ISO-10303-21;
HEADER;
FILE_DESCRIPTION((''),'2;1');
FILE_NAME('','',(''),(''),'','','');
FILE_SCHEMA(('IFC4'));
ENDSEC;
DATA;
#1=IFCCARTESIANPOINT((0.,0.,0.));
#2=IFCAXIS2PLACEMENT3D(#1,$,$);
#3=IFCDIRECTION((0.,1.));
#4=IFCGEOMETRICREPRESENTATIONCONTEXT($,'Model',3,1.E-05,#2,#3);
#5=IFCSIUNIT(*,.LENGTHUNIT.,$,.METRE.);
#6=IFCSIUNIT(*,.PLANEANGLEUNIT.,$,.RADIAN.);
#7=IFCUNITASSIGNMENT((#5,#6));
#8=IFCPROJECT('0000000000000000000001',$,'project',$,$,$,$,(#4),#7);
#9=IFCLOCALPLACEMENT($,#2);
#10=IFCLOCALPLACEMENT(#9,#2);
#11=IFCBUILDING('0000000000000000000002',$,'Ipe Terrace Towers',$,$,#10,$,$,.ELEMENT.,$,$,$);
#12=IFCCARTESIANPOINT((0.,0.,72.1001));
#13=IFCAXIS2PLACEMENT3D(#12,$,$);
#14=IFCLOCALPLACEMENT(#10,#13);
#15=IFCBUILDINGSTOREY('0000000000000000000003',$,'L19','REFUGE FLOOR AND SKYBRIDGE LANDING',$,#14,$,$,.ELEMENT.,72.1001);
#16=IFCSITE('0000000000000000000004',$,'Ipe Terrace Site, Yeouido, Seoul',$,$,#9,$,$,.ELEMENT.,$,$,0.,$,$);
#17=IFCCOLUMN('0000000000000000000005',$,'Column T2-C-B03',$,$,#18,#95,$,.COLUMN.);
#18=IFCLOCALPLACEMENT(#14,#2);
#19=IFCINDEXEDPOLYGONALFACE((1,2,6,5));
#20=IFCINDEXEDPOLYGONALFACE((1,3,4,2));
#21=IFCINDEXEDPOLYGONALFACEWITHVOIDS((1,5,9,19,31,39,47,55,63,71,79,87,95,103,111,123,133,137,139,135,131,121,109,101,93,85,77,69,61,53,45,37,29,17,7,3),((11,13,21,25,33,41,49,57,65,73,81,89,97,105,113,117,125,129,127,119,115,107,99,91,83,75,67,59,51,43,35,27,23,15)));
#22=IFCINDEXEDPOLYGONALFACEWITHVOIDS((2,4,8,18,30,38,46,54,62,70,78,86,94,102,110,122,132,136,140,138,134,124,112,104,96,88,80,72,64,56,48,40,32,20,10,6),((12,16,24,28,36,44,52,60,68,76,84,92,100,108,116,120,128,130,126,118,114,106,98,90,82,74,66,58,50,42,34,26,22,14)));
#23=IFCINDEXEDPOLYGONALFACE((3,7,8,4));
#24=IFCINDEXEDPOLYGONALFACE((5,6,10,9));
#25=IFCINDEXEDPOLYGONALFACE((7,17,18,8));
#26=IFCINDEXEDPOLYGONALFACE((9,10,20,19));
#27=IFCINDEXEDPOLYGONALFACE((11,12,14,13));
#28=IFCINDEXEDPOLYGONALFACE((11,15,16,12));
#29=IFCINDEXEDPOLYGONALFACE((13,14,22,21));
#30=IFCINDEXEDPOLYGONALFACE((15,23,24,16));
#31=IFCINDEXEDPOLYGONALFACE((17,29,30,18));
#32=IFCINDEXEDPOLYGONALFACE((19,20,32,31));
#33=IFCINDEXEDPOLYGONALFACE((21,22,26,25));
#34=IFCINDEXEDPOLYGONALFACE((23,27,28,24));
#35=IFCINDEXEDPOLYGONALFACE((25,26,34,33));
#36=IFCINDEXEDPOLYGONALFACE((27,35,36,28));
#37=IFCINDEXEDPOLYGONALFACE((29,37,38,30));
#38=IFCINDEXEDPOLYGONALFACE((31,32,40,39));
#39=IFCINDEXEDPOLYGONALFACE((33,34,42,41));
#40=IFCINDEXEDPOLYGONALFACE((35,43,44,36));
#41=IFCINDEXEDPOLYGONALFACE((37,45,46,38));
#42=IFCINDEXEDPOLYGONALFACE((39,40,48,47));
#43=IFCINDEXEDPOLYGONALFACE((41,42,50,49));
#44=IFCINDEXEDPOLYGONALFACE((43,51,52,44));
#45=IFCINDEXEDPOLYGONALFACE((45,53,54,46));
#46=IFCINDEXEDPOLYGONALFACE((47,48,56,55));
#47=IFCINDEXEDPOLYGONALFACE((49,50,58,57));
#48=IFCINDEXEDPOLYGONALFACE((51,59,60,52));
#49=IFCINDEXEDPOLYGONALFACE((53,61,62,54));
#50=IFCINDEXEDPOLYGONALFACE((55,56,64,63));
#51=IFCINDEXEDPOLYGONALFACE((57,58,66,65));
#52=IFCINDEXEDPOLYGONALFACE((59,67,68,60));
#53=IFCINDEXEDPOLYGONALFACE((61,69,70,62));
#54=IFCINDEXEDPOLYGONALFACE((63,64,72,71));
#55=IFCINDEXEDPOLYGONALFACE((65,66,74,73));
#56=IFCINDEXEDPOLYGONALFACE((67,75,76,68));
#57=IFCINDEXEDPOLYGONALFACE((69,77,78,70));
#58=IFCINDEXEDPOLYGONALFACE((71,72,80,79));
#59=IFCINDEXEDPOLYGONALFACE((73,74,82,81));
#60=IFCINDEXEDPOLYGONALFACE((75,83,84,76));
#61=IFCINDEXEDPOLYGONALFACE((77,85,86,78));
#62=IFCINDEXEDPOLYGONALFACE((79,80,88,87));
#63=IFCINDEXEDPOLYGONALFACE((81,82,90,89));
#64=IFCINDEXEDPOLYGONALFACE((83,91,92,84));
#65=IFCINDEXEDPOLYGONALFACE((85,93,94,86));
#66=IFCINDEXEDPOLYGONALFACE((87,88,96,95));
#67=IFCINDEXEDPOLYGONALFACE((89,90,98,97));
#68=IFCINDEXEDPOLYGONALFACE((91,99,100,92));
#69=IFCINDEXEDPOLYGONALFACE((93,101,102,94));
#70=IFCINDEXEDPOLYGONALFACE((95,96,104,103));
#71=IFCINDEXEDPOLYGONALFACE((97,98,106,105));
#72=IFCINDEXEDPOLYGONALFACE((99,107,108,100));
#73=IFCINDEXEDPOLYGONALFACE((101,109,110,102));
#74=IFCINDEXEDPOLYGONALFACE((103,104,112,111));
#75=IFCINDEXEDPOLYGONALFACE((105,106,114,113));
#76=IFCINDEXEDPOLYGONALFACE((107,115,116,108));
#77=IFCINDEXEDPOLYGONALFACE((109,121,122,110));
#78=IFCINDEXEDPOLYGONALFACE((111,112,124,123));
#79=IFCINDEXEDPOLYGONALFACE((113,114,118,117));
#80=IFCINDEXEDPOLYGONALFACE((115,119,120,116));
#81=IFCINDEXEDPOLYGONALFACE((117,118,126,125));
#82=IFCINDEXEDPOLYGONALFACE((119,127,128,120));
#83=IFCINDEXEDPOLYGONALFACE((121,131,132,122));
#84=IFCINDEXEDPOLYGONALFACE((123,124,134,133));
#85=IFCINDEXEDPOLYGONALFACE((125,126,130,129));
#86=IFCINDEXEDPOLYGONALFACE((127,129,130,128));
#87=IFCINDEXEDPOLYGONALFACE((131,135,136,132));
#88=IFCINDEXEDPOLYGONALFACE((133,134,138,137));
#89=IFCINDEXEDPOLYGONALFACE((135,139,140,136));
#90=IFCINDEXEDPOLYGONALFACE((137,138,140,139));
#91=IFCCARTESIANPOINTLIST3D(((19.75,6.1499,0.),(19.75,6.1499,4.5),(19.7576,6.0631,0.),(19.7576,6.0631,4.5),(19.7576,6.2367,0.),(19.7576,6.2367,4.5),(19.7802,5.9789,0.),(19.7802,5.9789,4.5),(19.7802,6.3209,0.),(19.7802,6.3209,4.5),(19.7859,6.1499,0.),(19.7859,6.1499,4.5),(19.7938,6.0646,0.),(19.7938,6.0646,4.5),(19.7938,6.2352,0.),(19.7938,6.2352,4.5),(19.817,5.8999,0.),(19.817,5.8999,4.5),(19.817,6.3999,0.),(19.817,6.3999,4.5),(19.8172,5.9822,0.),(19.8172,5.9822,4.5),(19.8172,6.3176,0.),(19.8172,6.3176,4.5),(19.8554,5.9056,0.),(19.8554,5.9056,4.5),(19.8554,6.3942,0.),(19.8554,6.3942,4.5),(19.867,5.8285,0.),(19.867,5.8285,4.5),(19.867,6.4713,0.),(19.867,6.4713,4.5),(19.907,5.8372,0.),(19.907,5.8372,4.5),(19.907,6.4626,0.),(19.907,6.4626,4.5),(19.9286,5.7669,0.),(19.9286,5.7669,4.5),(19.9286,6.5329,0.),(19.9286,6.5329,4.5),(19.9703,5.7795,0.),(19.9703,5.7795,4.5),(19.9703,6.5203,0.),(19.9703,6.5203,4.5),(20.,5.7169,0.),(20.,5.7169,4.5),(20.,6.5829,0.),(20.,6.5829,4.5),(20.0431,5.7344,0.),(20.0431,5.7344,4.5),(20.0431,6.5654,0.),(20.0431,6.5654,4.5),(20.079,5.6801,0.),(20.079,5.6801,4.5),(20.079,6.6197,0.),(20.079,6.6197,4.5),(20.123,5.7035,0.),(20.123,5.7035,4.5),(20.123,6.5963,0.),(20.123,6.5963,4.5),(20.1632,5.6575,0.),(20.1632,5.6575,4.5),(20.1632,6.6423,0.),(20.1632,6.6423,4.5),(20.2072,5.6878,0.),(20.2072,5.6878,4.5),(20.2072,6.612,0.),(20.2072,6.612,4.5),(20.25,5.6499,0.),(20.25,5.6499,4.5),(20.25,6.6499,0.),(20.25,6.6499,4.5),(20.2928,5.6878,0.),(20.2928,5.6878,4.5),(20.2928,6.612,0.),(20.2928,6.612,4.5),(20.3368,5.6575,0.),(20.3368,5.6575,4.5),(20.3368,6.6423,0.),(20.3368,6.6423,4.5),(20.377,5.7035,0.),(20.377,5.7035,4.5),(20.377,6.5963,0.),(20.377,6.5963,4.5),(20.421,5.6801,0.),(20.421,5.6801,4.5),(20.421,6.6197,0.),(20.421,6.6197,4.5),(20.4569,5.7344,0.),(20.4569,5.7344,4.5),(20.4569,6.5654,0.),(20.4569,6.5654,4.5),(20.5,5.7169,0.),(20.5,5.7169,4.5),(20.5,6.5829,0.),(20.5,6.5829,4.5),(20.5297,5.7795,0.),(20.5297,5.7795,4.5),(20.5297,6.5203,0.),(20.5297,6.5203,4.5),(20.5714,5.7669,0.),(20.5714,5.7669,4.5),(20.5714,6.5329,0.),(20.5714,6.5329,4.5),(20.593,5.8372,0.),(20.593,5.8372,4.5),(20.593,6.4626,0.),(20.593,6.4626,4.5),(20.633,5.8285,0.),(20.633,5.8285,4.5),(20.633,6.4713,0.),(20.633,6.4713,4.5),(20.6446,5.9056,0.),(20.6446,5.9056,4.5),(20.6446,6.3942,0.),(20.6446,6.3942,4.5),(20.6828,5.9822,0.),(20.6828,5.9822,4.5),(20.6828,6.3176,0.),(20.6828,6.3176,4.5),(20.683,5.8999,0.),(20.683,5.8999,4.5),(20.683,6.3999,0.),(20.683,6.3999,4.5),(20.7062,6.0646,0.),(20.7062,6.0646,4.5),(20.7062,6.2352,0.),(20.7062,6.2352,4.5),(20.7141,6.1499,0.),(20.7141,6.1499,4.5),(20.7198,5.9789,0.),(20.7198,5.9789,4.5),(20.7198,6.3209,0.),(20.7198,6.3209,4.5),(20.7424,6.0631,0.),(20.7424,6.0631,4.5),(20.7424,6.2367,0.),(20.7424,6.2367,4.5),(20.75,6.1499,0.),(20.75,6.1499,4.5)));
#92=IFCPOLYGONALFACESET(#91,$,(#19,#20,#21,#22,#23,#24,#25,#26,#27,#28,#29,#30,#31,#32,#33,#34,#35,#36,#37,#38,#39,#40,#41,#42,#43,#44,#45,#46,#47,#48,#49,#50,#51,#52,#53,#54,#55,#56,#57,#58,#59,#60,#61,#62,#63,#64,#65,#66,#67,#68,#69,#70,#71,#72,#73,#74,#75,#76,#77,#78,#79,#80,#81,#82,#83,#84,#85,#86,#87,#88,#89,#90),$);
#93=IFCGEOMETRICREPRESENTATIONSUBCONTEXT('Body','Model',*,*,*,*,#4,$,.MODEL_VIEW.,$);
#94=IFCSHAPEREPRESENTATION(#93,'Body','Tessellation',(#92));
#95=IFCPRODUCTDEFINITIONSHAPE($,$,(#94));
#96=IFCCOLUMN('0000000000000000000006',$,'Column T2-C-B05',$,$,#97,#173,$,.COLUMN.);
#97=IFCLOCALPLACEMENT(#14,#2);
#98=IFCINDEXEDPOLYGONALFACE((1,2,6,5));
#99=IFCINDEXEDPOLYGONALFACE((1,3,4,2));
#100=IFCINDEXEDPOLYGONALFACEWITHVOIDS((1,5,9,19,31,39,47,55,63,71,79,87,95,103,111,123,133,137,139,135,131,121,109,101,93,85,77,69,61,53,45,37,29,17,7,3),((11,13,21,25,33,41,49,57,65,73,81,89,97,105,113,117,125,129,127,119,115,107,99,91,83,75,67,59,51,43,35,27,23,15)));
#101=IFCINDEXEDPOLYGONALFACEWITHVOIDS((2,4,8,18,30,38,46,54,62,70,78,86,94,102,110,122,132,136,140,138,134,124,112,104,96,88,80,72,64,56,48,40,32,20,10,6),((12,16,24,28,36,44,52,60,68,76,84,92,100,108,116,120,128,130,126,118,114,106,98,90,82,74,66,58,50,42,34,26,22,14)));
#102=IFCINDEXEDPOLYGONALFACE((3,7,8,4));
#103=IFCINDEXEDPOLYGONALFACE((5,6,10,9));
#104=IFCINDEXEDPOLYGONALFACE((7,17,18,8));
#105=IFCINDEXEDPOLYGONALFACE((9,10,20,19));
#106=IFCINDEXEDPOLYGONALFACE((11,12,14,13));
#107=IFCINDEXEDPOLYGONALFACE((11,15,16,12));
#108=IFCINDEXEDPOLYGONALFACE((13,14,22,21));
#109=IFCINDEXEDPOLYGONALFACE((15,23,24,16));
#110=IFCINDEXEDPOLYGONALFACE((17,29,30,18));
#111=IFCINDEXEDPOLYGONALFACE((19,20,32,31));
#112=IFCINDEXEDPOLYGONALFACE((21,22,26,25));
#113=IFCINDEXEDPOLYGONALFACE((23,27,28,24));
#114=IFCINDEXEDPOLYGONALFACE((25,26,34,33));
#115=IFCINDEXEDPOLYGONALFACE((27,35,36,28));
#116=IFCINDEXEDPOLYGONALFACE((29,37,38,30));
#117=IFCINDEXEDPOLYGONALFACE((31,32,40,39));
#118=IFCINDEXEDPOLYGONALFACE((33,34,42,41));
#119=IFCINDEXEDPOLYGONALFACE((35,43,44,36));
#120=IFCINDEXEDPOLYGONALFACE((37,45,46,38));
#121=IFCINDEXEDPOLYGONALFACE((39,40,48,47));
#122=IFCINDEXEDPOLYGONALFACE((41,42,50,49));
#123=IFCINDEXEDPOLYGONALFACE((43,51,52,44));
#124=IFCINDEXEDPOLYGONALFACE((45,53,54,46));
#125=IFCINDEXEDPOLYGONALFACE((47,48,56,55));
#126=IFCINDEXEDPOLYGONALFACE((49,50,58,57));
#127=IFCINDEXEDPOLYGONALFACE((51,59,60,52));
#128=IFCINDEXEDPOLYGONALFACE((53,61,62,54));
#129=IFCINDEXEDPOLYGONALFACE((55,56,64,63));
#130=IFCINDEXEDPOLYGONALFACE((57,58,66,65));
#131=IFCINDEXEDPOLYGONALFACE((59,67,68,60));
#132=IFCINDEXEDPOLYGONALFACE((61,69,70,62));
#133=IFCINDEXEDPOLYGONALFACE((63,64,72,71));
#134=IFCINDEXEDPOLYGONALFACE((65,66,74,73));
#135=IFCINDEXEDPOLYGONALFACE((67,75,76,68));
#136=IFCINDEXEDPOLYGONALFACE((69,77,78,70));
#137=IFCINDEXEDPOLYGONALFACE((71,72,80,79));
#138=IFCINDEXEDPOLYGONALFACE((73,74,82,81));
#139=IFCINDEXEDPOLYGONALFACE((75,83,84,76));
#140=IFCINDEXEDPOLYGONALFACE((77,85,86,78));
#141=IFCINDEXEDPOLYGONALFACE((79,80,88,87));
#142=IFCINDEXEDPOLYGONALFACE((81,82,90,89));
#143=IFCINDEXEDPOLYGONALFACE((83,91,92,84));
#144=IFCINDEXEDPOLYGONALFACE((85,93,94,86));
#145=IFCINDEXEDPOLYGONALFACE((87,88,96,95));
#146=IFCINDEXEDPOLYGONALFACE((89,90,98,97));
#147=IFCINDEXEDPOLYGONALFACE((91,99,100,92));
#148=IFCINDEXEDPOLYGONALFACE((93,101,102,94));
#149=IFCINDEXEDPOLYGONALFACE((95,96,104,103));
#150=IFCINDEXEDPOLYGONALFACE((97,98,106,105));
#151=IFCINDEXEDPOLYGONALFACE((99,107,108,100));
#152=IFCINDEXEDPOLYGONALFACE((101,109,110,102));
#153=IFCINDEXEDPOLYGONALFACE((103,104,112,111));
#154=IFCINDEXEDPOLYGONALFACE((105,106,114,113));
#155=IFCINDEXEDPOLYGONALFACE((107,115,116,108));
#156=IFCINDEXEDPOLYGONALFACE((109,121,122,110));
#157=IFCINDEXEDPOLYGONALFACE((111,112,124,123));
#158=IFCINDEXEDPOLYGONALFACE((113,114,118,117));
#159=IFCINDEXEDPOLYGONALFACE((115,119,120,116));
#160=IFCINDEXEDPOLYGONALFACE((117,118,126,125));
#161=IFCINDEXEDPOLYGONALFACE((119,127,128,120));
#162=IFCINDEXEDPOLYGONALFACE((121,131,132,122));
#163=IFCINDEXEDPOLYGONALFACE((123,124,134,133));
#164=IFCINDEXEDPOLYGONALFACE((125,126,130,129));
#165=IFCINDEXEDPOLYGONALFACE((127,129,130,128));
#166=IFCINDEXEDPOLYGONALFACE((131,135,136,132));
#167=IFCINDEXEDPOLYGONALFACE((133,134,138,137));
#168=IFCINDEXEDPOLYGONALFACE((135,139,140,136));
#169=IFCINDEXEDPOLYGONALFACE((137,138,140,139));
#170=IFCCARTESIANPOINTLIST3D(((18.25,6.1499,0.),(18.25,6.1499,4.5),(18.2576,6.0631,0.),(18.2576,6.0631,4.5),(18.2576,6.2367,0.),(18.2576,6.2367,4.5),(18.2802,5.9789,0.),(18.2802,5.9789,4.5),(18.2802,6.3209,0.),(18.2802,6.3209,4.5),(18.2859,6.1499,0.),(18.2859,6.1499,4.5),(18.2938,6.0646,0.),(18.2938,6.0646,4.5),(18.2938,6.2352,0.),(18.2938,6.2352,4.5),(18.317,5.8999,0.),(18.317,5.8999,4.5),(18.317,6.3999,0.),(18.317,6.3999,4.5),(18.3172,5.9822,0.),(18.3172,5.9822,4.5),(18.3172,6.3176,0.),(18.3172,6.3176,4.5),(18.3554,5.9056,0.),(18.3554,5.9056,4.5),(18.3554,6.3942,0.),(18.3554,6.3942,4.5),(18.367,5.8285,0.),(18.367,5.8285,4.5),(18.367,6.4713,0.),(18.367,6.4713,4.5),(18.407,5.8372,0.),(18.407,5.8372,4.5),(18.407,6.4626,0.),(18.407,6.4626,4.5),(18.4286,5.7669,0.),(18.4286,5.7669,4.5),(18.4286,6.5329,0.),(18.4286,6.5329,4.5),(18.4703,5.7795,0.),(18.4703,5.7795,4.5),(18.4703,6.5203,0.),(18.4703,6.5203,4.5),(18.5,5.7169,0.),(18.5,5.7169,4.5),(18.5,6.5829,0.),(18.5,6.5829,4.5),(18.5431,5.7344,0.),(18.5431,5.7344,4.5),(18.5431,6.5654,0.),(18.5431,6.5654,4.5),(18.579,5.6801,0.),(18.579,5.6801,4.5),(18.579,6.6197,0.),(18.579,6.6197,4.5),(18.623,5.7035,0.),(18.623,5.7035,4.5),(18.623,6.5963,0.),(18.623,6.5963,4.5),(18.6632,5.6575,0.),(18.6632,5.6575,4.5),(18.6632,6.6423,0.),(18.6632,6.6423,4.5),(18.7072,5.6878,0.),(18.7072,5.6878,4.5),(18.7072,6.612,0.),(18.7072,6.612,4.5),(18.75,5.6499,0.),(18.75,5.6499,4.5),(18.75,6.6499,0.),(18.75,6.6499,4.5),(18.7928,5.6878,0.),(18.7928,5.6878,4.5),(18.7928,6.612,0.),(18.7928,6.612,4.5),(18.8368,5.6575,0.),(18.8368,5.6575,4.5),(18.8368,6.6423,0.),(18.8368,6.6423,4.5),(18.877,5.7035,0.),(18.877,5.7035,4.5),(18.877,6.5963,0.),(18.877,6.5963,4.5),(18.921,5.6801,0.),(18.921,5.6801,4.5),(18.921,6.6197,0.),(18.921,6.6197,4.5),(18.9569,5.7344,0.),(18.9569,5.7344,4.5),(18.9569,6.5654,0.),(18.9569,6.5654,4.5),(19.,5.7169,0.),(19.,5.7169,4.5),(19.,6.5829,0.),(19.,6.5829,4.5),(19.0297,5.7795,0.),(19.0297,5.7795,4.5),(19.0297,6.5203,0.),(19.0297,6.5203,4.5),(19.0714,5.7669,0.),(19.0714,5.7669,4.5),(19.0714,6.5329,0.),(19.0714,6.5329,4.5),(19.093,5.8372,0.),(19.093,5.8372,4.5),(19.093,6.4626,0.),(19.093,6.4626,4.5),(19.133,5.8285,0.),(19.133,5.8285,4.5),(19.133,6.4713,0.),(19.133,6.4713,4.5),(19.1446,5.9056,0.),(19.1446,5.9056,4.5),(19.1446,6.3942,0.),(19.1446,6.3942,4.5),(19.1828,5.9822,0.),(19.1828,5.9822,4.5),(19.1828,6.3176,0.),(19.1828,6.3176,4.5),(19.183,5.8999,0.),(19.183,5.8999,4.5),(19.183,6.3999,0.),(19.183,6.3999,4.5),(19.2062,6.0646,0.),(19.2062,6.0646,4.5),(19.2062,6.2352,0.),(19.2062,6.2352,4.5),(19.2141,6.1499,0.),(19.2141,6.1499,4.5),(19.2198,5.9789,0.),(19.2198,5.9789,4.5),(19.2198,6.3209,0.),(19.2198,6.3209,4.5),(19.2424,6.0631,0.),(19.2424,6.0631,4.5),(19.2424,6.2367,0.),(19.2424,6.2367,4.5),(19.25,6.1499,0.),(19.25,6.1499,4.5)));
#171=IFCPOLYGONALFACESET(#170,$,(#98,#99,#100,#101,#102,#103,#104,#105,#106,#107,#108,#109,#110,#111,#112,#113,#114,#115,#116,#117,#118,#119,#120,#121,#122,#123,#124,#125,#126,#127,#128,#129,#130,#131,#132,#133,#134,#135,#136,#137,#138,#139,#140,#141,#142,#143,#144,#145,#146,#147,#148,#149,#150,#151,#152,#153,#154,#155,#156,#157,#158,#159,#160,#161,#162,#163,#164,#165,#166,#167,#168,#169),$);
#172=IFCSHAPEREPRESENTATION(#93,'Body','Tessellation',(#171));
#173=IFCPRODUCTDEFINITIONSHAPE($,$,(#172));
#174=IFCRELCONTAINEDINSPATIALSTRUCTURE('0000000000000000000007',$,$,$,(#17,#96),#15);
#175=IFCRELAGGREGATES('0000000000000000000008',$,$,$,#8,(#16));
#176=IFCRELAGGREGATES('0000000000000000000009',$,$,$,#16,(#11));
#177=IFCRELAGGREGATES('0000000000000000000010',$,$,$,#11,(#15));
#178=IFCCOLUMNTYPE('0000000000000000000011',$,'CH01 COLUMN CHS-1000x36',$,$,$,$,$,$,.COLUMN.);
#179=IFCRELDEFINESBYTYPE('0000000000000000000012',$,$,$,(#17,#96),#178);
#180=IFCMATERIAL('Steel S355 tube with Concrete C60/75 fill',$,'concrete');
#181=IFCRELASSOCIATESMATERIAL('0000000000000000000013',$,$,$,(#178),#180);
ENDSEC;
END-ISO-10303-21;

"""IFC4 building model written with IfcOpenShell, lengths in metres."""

from ifc_helpers import new_model, si_unit, direction, frame, origin, origin_2d, place, context, subcontext, project, spatial, hollow_circle, extrude, material, material_profile, profile_set, type_object, element, save


model = new_model("IFC4")

# Units and contexts
model_context = context("Model", 3, precision=1e-05, world=origin(), true_north=direction((0.0, 1.0)))
body_context = subcontext(model_context, "Body", "Model", "MODEL_VIEW")
ifc_project = project(units=[si_unit("LENGTHUNIT", "METRE"), si_unit("PLANEANGLEUNIT", "RADIAN")], contexts=[model_context])

# Site, building, storey
site_placement = place(None, origin())
site = spatial("IfcSite", under=ifc_project, at=site_placement, Name="Ipe Terrace Site, Yeouido, Seoul", CompositionType="ELEMENT", RefElevation=0.0)
building_placement = place(site_placement, origin())
building = spatial("IfcBuilding", under=site, at=building_placement, Name="Ipe Terrace Towers", CompositionType="ELEMENT")
storey_placement = place(building_placement, frame((0.0, 0.0, 72.1001)))
storey = spatial("IfcBuildingStorey", under=building, at=storey_placement, Name="L19", Description="REFUGE FLOOR AND SKYBRIDGE LANDING", CompositionType="ELEMENT", Elevation=72.1001)

# Columns
ifc_material_1 = material(Name="Steel S355 tube with Concrete C60/75 fill", Category="concrete")
ifc_material_profile_1 = material_profile(ifc_material_1, hollow_circle(Radius=0.5, WallThickness=0.0359, at=origin_2d()), Name="CHS-1000x36")
ifc_profile_set_1 = profile_set([ifc_material_profile_1], Name="Steel S355 tube with Concrete C60/75 fill")
column_type_1 = type_object("IfcColumnType", Name="CH01 COLUMN CHS-1000x36", PredefinedType="COLUMN", material=ifc_profile_set_1)
for number, where, z_axis, x_axis, name in (
    (1, (20.25, 6.1499, 0.0), (0.0, 0.0, 1.0), (1.0, 0.0, 0.0), "Column T2-C-B03"),
    (2, (18.75, 6.1499, 0.0), (0.0, 0.0, 1.0), (1.0, 0.0, 0.0), "Column T2-C-B05"),
):
    element("IfcColumn", number, at=place(storey_placement, frame(where, z_axis=z_axis, x_axis=x_axis)), inside=storey, type_object=column_type_1, Name=name, PredefinedType="COLUMN", context=body_context, shape_type="SweptSolid", body=[
        extrude(hollow_circle(Radius=0.5, WallThickness=0.0359, at=origin_2d()), origin(), (0.0, 0.0, 1.0), 4.5),
    ])

save(model, "model.ifc")
